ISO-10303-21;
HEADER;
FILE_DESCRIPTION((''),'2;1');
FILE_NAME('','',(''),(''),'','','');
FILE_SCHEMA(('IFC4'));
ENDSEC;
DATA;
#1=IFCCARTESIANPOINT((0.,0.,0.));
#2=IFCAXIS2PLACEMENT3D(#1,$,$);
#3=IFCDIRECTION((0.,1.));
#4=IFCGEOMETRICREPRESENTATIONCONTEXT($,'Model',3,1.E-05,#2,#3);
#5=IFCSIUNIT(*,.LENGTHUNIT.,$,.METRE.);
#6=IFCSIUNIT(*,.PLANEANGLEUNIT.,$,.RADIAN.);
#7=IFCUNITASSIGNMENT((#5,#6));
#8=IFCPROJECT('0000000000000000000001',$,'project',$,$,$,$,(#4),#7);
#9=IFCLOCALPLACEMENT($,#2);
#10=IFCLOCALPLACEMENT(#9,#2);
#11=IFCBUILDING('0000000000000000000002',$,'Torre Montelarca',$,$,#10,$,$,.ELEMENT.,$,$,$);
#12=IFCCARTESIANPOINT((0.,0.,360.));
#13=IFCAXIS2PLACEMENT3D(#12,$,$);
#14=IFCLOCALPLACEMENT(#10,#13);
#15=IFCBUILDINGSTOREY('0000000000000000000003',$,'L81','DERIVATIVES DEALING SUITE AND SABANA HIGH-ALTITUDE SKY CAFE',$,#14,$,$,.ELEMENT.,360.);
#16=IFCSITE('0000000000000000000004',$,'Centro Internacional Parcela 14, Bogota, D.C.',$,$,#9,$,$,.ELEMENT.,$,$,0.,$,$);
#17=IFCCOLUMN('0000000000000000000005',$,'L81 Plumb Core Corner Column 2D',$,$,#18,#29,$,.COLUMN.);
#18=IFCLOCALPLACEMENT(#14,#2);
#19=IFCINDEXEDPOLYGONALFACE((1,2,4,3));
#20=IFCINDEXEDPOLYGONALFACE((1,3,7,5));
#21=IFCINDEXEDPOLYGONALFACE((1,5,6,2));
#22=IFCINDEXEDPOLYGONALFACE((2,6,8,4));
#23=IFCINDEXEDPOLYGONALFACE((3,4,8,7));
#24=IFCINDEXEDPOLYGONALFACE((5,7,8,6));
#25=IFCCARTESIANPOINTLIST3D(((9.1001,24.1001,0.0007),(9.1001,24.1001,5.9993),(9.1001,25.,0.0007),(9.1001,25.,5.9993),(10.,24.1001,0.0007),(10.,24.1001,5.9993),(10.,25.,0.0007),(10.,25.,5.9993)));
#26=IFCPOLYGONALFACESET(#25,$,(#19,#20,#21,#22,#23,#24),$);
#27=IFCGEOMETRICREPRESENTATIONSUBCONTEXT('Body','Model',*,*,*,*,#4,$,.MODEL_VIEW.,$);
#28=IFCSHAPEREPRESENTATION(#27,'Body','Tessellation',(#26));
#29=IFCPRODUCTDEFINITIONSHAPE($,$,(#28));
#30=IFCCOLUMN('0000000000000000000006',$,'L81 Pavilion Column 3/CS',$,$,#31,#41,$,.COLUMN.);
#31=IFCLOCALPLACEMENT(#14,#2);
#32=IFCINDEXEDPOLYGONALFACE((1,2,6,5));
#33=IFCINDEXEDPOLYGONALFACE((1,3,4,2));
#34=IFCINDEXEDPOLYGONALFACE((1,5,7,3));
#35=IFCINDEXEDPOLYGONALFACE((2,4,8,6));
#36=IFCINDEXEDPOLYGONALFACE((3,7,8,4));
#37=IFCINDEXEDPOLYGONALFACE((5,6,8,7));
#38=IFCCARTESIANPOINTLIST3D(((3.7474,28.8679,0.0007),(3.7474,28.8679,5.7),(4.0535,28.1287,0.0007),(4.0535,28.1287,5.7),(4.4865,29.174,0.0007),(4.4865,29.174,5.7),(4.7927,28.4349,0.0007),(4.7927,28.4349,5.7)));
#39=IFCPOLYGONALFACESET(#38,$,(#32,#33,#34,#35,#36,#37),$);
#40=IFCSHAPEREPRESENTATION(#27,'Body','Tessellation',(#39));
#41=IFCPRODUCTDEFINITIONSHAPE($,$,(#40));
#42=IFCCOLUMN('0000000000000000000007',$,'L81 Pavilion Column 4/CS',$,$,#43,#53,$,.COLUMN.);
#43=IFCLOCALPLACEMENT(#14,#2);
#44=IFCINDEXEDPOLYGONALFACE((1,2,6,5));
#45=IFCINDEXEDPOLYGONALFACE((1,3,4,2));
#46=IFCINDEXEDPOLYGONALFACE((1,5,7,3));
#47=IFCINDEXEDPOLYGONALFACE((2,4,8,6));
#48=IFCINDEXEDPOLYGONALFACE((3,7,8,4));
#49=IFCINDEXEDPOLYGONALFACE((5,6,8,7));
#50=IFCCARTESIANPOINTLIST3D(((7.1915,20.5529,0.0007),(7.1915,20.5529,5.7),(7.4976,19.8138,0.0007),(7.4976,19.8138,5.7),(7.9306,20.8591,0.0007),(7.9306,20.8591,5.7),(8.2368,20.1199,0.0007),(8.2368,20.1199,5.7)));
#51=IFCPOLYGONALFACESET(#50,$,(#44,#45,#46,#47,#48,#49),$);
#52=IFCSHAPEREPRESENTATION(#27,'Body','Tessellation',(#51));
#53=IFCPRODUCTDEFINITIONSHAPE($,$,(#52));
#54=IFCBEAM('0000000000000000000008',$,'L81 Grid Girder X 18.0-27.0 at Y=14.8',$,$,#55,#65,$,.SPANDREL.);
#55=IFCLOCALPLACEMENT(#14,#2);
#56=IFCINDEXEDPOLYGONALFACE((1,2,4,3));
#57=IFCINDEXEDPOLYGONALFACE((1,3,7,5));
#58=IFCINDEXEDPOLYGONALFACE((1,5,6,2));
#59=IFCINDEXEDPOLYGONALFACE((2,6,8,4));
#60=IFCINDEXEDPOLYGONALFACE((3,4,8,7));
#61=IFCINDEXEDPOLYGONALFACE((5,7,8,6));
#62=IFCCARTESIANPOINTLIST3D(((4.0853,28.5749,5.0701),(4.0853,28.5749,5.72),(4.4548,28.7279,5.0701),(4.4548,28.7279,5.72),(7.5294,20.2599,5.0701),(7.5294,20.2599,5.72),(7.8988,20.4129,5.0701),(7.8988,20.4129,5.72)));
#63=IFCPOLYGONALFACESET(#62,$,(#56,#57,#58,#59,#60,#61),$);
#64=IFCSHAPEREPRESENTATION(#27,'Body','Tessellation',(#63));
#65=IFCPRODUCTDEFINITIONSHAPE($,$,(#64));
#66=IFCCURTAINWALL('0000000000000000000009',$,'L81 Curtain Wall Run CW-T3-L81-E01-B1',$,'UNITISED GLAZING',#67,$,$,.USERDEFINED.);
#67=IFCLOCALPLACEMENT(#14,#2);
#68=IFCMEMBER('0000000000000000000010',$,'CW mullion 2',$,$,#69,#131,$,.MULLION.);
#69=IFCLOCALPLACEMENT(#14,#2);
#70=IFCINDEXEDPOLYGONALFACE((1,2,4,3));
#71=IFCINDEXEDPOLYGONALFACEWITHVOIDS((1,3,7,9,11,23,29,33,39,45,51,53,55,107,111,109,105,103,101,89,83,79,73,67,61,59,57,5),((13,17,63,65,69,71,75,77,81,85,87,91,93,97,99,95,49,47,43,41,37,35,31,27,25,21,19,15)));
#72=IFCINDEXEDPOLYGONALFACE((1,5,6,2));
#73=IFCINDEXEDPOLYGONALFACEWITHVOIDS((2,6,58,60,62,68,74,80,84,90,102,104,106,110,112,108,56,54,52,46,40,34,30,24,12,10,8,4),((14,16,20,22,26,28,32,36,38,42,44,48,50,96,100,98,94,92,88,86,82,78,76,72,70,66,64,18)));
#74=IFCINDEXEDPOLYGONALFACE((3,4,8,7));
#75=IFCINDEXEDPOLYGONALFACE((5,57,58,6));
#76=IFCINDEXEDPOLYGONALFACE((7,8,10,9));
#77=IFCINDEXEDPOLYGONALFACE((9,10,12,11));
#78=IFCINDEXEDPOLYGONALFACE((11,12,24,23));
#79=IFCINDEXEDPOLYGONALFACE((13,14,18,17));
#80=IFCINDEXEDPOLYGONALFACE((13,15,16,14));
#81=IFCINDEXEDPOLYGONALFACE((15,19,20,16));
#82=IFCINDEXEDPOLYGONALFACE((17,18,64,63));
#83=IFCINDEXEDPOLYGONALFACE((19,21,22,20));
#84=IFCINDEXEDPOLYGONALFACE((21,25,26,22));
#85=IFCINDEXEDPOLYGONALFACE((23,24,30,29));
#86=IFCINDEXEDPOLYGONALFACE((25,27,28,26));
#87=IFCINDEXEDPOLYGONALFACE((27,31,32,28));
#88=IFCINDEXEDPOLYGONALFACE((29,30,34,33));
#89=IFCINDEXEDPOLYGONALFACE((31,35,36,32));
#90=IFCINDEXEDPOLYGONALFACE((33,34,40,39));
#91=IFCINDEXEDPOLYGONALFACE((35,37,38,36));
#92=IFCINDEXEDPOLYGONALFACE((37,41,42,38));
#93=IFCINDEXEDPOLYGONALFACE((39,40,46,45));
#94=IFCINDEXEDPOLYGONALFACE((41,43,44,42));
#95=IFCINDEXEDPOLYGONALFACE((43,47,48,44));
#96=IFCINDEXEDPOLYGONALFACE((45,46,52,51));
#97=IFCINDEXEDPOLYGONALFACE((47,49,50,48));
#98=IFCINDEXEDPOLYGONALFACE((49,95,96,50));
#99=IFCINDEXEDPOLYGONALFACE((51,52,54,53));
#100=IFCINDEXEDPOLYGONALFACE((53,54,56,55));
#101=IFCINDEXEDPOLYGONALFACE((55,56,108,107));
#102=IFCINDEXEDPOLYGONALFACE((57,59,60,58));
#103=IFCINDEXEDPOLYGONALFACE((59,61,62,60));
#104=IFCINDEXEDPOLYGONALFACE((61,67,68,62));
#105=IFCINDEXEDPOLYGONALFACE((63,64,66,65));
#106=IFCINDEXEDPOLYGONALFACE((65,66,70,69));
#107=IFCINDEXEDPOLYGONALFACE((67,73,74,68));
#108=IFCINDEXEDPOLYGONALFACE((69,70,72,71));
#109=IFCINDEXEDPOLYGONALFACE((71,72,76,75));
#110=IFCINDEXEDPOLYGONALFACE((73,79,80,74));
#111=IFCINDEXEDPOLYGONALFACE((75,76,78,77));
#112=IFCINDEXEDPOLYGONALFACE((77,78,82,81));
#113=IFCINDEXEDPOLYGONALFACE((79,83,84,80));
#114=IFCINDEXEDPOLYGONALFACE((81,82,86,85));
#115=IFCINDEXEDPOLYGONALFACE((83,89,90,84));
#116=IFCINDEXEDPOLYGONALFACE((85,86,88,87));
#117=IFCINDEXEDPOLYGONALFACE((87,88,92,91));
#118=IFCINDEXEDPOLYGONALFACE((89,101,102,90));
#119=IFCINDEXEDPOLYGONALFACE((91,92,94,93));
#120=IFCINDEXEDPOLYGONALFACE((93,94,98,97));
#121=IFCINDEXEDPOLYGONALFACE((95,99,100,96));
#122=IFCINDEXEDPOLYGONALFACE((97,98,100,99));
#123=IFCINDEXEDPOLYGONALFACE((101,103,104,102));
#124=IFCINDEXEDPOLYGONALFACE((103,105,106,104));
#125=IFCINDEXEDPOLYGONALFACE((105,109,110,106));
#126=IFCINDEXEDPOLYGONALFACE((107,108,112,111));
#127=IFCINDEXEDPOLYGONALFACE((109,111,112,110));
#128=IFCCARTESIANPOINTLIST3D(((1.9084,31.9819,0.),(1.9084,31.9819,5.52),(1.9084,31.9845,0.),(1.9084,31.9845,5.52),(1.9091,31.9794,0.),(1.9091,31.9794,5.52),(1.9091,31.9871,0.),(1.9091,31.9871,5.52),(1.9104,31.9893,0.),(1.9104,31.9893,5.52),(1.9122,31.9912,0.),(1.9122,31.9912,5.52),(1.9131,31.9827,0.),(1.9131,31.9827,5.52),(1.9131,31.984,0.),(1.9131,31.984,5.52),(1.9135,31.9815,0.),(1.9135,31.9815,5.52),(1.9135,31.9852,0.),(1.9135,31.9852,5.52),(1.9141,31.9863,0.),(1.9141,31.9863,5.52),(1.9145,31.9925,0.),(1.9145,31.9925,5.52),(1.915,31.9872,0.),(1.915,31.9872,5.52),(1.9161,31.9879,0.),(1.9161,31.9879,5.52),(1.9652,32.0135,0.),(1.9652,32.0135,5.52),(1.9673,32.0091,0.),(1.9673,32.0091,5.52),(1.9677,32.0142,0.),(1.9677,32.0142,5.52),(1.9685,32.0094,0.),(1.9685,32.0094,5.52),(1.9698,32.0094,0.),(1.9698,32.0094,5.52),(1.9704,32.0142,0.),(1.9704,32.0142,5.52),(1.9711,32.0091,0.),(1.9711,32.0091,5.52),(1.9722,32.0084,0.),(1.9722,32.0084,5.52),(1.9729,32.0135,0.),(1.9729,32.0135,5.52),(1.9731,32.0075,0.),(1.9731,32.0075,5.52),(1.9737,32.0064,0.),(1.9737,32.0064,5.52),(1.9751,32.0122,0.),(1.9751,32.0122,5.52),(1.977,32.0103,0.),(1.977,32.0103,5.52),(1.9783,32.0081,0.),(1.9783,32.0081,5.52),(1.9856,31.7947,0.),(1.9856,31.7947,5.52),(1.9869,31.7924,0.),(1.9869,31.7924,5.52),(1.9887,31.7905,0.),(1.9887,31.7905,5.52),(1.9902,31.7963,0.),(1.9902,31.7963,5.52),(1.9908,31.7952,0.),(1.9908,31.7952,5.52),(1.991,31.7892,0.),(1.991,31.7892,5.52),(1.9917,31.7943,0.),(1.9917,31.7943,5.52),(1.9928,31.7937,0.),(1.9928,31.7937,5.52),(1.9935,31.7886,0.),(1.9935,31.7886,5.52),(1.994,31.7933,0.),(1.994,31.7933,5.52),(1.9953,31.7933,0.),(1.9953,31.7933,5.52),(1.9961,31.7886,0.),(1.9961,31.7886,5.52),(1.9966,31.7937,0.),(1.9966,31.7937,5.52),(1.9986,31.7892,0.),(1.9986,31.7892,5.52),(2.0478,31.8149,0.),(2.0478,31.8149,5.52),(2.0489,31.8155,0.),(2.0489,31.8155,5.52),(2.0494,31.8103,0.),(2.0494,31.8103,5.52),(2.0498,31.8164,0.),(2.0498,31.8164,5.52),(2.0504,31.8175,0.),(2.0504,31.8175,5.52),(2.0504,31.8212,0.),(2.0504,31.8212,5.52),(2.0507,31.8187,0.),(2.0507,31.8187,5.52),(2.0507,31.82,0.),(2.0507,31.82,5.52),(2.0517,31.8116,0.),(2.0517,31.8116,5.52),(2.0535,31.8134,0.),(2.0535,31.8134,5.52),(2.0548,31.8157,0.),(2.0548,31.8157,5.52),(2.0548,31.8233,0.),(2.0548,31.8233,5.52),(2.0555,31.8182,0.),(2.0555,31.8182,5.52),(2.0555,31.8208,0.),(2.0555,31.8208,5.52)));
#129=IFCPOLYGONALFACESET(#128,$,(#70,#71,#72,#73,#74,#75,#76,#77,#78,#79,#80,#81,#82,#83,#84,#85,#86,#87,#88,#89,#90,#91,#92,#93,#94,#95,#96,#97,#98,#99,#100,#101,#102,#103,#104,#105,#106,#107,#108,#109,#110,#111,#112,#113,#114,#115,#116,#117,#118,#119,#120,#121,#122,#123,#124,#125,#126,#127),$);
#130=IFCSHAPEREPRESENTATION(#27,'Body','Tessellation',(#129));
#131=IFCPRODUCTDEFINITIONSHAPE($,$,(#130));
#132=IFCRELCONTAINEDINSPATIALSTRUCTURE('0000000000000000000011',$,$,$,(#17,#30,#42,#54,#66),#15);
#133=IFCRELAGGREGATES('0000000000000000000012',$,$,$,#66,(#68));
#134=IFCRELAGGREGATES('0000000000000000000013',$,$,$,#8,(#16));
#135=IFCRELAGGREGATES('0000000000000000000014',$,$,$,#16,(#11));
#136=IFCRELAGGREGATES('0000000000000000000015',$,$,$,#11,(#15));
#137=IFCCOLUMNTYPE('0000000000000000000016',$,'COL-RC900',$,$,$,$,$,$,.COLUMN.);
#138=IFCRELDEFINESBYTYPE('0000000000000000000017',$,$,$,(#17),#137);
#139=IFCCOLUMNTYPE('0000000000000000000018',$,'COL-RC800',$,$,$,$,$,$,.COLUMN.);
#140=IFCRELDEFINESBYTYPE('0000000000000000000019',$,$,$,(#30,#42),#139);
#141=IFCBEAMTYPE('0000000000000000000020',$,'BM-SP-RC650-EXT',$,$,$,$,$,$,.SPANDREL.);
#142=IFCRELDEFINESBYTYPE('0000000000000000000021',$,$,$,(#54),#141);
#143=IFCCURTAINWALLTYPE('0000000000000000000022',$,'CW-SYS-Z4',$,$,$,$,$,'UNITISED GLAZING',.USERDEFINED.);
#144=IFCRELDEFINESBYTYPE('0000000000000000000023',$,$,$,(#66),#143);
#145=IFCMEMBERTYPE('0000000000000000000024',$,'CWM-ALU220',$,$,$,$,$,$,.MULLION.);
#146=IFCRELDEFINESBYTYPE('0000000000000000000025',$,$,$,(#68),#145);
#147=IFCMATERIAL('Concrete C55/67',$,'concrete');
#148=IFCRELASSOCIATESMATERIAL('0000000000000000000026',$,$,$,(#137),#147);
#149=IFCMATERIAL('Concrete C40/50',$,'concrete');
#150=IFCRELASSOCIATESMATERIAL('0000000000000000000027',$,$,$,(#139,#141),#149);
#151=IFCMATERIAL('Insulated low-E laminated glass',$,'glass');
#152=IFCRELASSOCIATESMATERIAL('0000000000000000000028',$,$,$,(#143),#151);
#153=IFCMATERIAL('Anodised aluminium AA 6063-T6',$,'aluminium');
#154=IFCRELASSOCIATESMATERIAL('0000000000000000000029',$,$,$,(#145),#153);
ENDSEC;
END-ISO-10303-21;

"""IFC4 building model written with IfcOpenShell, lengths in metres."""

from ifc_helpers import new_model, si_unit, direction, frame, origin, origin_2d, place, context, subcontext, project, spatial, rectangle, hollow_rectangle, extrude, source, transform, mapped, material, material_profile, profile_set, type_object, element, aggregate, save


model = new_model("IFC4")

# Units and contexts
model_context = context("Model", 3, precision=1e-05, world=origin(), true_north=direction((0.0, 1.0)))
body_context = subcontext(model_context, "Body", "Model", "MODEL_VIEW")
ifc_project = project(units=[si_unit("LENGTHUNIT", "METRE"), si_unit("PLANEANGLEUNIT", "RADIAN")], contexts=[model_context])

# Site, building, storey
site_placement = place(None, origin())
site = spatial("IfcSite", under=ifc_project, at=site_placement, Name="Centro Internacional Parcela 14, Bogota, D.C.", CompositionType="ELEMENT", RefElevation=0.0)
building_placement = place(site_placement, origin())
building = spatial("IfcBuilding", under=site, at=building_placement, Name="Torre Montelarca", CompositionType="ELEMENT")
storey_placement = place(building_placement, frame((0.0, 0.0, 360.0)))
storey = spatial("IfcBuildingStorey", under=building, at=storey_placement, Name="L81", Description="DERIVATIVES DEALING SUITE AND SABANA HIGH-ALTITUDE SKY CAFE", CompositionType="ELEMENT", Elevation=360.0)

# Columns
ifc_material_1 = material(Name="Concrete C55/67", Category="concrete")
ifc_material_profile_1 = material_profile(ifc_material_1, rectangle(XDim=0.8999, YDim=0.8999, at=origin_2d()), Name="RC900X900", Category="concrete")
ifc_profile_set_1 = profile_set([ifc_material_profile_1], Name="Concrete C55/67")
column_type_1 = type_object("IfcColumnType", Name="COL-RC900", PredefinedType="COLUMN", material=ifc_profile_set_1)
shared_shape_1 = source(origin(), body_context, "Body", "SweptSolid", [
    extrude(rectangle(XDim=0.8999, YDim=0.8999, at=origin_2d()), origin(), (0.0, 0.0, 1.0), 5.9985),
])
column_placement = place(storey_placement, frame((9.55, 24.55, 0.0007), z_axis=(0.0, 0.0, 1.0), x_axis=(1.0, 0.0, 0.0)))
element("IfcColumn", 1, at=column_placement, inside=storey, type_object=column_type_1, Name="L81 Plumb Core Corner Column 2D", PredefinedType="COLUMN", context=body_context, shape_type="MappedRepresentation", body=[
    mapped(shared_shape_1, transform((0.0, 0.0, 0.0), scale=1.0)),
])
ifc_material_2 = material(Name="Concrete C40/50", Category="concrete")
ifc_material_profile_2 = material_profile(ifc_material_2, rectangle(XDim=0.8, YDim=0.8, at=origin_2d()), Name="RC800X800", Category="concrete")
ifc_profile_set_2 = profile_set([ifc_material_profile_2], Name="Concrete C40/50")
column_type_2 = type_object("IfcColumnType", Name="COL-RC800", PredefinedType="COLUMN", material=ifc_profile_set_2)
shared_shape_2 = source(origin(), body_context, "Body", "SweptSolid", [
    extrude(rectangle(XDim=0.8, YDim=0.8, at=origin_2d()), origin(), (0.0, 0.0, 1.0), 5.6992),
])
for number, where, z_axis, x_axis, name in (
    (2, (4.27, 28.6514, 0.0007), (0.0, 0.0, 1.0), (-0.382683, 0.92388, 0.0), "L81 Pavilion Column 3/CS"),
    (3, (7.7141, 20.3364, 0.0007), (0.0, 0.0, 1.0), (-0.382683, 0.92388, 0.0), "L81 Pavilion Column 4/CS"),
):
    element("IfcColumn", number, at=place(storey_placement, frame(where, z_axis=z_axis, x_axis=x_axis)), inside=storey, type_object=column_type_2, Name=name, PredefinedType="COLUMN", context=body_context, shape_type="MappedRepresentation", body=[
        mapped(shared_shape_2, transform((0.0, 0.0, 0.0), scale=1.0)),
    ])

# Beam
ifc_material_profile_3 = material_profile(ifc_material_2, rectangle(XDim=0.3999, YDim=0.6499, at=origin_2d()), Name="RCB400X650", Category="concrete")
ifc_profile_set_3 = profile_set([ifc_material_profile_3], Name="Concrete C40/50")
beam_type = type_object("IfcBeamType", Name="BM-SP-RC650-EXT", PredefinedType="SPANDREL", material=ifc_profile_set_3)
shared_shape_3 = source(origin(), body_context, "Body", "SweptSolid", [
    extrude(rectangle(XDim=0.3999, YDim=0.6499, at=origin_2d()), origin(), (0.0, 0.0, 1.0), 9.0),
])
beam_placement = place(storey_placement, frame((4.27, 28.6514, 5.395), z_axis=(0.382677, -0.923882, 0.0), x_axis=(0.923882, 0.382677, 0.0)))
element("IfcBeam", 4, at=beam_placement, inside=storey, type_object=beam_type, Name="L81 Grid Girder X 18.0-27.0 at Y=14.8", PredefinedType="SPANDREL", context=body_context, shape_type="MappedRepresentation", body=[
    mapped(shared_shape_3, transform((0.0, 0.0, 0.0), scale=1.0)),
])

# Curtain wall, member
ifc_material_3 = material(Name="Insulated low-E laminated glass", Category="glass")
curtain_wall_type = type_object("IfcCurtainWallType", Name="CW-SYS-Z4", ElementType="UNITISED GLAZING", PredefinedType="USERDEFINED", material=ifc_material_3)
curtain_wall_placement = place(storey_placement, origin())
curtain_wall = element("IfcCurtainWall", 5, at=curtain_wall_placement, inside=storey, type_object=curtain_wall_type, Name="L81 Curtain Wall Run CW-T3-L81-E01-B1", ObjectType="UNITISED GLAZING", PredefinedType="USERDEFINED")
ifc_material_4 = material(Name="Anodised aluminium AA 6063-T6", Category="aluminium")
ifc_material_profile_4 = material_profile(ifc_material_4, hollow_rectangle(XDim=0.075, YDim=0.22, WallThickness=0.0049, InnerFilletRadius=0.0049, OuterFilletRadius=0.01, at=origin_2d()), Name="ALU75X220X5", Category="aluminium")
ifc_profile_set_4 = profile_set([ifc_material_profile_4], Name="Anodised aluminium AA 6063-T6")
member_type_1 = type_object("IfcMemberType", Name="CWM-ALU220", PredefinedType="MULLION", material=ifc_profile_set_4)
shared_shape_4 = source(origin(), body_context, "Body", "SweptSolid", [
    extrude(hollow_rectangle(XDim=0.075, YDim=0.22, WallThickness=0.0049, InnerFilletRadius=0.0049, OuterFilletRadius=0.01, at=origin_2d()), origin(), (0.0, 0.0, 1.0), 5.52),
])
member_1_placement = place(storey_placement, frame((1.9819, 31.9014, 0.0), z_axis=(0.0, 0.0, 1.0), x_axis=(0.92388, 0.382681, 0.0)))
member_1 = element("IfcMember", 6, at=member_1_placement, type_object=member_type_1, Name="CW mullion 2", PredefinedType="MULLION", context=body_context, shape_type="MappedRepresentation", body=[
    mapped(shared_shape_4, transform((0.0, 0.0, 0.0), scale=1.0)),
])
aggregate(curtain_wall, [member_1])

save(model, "model.ifc")
